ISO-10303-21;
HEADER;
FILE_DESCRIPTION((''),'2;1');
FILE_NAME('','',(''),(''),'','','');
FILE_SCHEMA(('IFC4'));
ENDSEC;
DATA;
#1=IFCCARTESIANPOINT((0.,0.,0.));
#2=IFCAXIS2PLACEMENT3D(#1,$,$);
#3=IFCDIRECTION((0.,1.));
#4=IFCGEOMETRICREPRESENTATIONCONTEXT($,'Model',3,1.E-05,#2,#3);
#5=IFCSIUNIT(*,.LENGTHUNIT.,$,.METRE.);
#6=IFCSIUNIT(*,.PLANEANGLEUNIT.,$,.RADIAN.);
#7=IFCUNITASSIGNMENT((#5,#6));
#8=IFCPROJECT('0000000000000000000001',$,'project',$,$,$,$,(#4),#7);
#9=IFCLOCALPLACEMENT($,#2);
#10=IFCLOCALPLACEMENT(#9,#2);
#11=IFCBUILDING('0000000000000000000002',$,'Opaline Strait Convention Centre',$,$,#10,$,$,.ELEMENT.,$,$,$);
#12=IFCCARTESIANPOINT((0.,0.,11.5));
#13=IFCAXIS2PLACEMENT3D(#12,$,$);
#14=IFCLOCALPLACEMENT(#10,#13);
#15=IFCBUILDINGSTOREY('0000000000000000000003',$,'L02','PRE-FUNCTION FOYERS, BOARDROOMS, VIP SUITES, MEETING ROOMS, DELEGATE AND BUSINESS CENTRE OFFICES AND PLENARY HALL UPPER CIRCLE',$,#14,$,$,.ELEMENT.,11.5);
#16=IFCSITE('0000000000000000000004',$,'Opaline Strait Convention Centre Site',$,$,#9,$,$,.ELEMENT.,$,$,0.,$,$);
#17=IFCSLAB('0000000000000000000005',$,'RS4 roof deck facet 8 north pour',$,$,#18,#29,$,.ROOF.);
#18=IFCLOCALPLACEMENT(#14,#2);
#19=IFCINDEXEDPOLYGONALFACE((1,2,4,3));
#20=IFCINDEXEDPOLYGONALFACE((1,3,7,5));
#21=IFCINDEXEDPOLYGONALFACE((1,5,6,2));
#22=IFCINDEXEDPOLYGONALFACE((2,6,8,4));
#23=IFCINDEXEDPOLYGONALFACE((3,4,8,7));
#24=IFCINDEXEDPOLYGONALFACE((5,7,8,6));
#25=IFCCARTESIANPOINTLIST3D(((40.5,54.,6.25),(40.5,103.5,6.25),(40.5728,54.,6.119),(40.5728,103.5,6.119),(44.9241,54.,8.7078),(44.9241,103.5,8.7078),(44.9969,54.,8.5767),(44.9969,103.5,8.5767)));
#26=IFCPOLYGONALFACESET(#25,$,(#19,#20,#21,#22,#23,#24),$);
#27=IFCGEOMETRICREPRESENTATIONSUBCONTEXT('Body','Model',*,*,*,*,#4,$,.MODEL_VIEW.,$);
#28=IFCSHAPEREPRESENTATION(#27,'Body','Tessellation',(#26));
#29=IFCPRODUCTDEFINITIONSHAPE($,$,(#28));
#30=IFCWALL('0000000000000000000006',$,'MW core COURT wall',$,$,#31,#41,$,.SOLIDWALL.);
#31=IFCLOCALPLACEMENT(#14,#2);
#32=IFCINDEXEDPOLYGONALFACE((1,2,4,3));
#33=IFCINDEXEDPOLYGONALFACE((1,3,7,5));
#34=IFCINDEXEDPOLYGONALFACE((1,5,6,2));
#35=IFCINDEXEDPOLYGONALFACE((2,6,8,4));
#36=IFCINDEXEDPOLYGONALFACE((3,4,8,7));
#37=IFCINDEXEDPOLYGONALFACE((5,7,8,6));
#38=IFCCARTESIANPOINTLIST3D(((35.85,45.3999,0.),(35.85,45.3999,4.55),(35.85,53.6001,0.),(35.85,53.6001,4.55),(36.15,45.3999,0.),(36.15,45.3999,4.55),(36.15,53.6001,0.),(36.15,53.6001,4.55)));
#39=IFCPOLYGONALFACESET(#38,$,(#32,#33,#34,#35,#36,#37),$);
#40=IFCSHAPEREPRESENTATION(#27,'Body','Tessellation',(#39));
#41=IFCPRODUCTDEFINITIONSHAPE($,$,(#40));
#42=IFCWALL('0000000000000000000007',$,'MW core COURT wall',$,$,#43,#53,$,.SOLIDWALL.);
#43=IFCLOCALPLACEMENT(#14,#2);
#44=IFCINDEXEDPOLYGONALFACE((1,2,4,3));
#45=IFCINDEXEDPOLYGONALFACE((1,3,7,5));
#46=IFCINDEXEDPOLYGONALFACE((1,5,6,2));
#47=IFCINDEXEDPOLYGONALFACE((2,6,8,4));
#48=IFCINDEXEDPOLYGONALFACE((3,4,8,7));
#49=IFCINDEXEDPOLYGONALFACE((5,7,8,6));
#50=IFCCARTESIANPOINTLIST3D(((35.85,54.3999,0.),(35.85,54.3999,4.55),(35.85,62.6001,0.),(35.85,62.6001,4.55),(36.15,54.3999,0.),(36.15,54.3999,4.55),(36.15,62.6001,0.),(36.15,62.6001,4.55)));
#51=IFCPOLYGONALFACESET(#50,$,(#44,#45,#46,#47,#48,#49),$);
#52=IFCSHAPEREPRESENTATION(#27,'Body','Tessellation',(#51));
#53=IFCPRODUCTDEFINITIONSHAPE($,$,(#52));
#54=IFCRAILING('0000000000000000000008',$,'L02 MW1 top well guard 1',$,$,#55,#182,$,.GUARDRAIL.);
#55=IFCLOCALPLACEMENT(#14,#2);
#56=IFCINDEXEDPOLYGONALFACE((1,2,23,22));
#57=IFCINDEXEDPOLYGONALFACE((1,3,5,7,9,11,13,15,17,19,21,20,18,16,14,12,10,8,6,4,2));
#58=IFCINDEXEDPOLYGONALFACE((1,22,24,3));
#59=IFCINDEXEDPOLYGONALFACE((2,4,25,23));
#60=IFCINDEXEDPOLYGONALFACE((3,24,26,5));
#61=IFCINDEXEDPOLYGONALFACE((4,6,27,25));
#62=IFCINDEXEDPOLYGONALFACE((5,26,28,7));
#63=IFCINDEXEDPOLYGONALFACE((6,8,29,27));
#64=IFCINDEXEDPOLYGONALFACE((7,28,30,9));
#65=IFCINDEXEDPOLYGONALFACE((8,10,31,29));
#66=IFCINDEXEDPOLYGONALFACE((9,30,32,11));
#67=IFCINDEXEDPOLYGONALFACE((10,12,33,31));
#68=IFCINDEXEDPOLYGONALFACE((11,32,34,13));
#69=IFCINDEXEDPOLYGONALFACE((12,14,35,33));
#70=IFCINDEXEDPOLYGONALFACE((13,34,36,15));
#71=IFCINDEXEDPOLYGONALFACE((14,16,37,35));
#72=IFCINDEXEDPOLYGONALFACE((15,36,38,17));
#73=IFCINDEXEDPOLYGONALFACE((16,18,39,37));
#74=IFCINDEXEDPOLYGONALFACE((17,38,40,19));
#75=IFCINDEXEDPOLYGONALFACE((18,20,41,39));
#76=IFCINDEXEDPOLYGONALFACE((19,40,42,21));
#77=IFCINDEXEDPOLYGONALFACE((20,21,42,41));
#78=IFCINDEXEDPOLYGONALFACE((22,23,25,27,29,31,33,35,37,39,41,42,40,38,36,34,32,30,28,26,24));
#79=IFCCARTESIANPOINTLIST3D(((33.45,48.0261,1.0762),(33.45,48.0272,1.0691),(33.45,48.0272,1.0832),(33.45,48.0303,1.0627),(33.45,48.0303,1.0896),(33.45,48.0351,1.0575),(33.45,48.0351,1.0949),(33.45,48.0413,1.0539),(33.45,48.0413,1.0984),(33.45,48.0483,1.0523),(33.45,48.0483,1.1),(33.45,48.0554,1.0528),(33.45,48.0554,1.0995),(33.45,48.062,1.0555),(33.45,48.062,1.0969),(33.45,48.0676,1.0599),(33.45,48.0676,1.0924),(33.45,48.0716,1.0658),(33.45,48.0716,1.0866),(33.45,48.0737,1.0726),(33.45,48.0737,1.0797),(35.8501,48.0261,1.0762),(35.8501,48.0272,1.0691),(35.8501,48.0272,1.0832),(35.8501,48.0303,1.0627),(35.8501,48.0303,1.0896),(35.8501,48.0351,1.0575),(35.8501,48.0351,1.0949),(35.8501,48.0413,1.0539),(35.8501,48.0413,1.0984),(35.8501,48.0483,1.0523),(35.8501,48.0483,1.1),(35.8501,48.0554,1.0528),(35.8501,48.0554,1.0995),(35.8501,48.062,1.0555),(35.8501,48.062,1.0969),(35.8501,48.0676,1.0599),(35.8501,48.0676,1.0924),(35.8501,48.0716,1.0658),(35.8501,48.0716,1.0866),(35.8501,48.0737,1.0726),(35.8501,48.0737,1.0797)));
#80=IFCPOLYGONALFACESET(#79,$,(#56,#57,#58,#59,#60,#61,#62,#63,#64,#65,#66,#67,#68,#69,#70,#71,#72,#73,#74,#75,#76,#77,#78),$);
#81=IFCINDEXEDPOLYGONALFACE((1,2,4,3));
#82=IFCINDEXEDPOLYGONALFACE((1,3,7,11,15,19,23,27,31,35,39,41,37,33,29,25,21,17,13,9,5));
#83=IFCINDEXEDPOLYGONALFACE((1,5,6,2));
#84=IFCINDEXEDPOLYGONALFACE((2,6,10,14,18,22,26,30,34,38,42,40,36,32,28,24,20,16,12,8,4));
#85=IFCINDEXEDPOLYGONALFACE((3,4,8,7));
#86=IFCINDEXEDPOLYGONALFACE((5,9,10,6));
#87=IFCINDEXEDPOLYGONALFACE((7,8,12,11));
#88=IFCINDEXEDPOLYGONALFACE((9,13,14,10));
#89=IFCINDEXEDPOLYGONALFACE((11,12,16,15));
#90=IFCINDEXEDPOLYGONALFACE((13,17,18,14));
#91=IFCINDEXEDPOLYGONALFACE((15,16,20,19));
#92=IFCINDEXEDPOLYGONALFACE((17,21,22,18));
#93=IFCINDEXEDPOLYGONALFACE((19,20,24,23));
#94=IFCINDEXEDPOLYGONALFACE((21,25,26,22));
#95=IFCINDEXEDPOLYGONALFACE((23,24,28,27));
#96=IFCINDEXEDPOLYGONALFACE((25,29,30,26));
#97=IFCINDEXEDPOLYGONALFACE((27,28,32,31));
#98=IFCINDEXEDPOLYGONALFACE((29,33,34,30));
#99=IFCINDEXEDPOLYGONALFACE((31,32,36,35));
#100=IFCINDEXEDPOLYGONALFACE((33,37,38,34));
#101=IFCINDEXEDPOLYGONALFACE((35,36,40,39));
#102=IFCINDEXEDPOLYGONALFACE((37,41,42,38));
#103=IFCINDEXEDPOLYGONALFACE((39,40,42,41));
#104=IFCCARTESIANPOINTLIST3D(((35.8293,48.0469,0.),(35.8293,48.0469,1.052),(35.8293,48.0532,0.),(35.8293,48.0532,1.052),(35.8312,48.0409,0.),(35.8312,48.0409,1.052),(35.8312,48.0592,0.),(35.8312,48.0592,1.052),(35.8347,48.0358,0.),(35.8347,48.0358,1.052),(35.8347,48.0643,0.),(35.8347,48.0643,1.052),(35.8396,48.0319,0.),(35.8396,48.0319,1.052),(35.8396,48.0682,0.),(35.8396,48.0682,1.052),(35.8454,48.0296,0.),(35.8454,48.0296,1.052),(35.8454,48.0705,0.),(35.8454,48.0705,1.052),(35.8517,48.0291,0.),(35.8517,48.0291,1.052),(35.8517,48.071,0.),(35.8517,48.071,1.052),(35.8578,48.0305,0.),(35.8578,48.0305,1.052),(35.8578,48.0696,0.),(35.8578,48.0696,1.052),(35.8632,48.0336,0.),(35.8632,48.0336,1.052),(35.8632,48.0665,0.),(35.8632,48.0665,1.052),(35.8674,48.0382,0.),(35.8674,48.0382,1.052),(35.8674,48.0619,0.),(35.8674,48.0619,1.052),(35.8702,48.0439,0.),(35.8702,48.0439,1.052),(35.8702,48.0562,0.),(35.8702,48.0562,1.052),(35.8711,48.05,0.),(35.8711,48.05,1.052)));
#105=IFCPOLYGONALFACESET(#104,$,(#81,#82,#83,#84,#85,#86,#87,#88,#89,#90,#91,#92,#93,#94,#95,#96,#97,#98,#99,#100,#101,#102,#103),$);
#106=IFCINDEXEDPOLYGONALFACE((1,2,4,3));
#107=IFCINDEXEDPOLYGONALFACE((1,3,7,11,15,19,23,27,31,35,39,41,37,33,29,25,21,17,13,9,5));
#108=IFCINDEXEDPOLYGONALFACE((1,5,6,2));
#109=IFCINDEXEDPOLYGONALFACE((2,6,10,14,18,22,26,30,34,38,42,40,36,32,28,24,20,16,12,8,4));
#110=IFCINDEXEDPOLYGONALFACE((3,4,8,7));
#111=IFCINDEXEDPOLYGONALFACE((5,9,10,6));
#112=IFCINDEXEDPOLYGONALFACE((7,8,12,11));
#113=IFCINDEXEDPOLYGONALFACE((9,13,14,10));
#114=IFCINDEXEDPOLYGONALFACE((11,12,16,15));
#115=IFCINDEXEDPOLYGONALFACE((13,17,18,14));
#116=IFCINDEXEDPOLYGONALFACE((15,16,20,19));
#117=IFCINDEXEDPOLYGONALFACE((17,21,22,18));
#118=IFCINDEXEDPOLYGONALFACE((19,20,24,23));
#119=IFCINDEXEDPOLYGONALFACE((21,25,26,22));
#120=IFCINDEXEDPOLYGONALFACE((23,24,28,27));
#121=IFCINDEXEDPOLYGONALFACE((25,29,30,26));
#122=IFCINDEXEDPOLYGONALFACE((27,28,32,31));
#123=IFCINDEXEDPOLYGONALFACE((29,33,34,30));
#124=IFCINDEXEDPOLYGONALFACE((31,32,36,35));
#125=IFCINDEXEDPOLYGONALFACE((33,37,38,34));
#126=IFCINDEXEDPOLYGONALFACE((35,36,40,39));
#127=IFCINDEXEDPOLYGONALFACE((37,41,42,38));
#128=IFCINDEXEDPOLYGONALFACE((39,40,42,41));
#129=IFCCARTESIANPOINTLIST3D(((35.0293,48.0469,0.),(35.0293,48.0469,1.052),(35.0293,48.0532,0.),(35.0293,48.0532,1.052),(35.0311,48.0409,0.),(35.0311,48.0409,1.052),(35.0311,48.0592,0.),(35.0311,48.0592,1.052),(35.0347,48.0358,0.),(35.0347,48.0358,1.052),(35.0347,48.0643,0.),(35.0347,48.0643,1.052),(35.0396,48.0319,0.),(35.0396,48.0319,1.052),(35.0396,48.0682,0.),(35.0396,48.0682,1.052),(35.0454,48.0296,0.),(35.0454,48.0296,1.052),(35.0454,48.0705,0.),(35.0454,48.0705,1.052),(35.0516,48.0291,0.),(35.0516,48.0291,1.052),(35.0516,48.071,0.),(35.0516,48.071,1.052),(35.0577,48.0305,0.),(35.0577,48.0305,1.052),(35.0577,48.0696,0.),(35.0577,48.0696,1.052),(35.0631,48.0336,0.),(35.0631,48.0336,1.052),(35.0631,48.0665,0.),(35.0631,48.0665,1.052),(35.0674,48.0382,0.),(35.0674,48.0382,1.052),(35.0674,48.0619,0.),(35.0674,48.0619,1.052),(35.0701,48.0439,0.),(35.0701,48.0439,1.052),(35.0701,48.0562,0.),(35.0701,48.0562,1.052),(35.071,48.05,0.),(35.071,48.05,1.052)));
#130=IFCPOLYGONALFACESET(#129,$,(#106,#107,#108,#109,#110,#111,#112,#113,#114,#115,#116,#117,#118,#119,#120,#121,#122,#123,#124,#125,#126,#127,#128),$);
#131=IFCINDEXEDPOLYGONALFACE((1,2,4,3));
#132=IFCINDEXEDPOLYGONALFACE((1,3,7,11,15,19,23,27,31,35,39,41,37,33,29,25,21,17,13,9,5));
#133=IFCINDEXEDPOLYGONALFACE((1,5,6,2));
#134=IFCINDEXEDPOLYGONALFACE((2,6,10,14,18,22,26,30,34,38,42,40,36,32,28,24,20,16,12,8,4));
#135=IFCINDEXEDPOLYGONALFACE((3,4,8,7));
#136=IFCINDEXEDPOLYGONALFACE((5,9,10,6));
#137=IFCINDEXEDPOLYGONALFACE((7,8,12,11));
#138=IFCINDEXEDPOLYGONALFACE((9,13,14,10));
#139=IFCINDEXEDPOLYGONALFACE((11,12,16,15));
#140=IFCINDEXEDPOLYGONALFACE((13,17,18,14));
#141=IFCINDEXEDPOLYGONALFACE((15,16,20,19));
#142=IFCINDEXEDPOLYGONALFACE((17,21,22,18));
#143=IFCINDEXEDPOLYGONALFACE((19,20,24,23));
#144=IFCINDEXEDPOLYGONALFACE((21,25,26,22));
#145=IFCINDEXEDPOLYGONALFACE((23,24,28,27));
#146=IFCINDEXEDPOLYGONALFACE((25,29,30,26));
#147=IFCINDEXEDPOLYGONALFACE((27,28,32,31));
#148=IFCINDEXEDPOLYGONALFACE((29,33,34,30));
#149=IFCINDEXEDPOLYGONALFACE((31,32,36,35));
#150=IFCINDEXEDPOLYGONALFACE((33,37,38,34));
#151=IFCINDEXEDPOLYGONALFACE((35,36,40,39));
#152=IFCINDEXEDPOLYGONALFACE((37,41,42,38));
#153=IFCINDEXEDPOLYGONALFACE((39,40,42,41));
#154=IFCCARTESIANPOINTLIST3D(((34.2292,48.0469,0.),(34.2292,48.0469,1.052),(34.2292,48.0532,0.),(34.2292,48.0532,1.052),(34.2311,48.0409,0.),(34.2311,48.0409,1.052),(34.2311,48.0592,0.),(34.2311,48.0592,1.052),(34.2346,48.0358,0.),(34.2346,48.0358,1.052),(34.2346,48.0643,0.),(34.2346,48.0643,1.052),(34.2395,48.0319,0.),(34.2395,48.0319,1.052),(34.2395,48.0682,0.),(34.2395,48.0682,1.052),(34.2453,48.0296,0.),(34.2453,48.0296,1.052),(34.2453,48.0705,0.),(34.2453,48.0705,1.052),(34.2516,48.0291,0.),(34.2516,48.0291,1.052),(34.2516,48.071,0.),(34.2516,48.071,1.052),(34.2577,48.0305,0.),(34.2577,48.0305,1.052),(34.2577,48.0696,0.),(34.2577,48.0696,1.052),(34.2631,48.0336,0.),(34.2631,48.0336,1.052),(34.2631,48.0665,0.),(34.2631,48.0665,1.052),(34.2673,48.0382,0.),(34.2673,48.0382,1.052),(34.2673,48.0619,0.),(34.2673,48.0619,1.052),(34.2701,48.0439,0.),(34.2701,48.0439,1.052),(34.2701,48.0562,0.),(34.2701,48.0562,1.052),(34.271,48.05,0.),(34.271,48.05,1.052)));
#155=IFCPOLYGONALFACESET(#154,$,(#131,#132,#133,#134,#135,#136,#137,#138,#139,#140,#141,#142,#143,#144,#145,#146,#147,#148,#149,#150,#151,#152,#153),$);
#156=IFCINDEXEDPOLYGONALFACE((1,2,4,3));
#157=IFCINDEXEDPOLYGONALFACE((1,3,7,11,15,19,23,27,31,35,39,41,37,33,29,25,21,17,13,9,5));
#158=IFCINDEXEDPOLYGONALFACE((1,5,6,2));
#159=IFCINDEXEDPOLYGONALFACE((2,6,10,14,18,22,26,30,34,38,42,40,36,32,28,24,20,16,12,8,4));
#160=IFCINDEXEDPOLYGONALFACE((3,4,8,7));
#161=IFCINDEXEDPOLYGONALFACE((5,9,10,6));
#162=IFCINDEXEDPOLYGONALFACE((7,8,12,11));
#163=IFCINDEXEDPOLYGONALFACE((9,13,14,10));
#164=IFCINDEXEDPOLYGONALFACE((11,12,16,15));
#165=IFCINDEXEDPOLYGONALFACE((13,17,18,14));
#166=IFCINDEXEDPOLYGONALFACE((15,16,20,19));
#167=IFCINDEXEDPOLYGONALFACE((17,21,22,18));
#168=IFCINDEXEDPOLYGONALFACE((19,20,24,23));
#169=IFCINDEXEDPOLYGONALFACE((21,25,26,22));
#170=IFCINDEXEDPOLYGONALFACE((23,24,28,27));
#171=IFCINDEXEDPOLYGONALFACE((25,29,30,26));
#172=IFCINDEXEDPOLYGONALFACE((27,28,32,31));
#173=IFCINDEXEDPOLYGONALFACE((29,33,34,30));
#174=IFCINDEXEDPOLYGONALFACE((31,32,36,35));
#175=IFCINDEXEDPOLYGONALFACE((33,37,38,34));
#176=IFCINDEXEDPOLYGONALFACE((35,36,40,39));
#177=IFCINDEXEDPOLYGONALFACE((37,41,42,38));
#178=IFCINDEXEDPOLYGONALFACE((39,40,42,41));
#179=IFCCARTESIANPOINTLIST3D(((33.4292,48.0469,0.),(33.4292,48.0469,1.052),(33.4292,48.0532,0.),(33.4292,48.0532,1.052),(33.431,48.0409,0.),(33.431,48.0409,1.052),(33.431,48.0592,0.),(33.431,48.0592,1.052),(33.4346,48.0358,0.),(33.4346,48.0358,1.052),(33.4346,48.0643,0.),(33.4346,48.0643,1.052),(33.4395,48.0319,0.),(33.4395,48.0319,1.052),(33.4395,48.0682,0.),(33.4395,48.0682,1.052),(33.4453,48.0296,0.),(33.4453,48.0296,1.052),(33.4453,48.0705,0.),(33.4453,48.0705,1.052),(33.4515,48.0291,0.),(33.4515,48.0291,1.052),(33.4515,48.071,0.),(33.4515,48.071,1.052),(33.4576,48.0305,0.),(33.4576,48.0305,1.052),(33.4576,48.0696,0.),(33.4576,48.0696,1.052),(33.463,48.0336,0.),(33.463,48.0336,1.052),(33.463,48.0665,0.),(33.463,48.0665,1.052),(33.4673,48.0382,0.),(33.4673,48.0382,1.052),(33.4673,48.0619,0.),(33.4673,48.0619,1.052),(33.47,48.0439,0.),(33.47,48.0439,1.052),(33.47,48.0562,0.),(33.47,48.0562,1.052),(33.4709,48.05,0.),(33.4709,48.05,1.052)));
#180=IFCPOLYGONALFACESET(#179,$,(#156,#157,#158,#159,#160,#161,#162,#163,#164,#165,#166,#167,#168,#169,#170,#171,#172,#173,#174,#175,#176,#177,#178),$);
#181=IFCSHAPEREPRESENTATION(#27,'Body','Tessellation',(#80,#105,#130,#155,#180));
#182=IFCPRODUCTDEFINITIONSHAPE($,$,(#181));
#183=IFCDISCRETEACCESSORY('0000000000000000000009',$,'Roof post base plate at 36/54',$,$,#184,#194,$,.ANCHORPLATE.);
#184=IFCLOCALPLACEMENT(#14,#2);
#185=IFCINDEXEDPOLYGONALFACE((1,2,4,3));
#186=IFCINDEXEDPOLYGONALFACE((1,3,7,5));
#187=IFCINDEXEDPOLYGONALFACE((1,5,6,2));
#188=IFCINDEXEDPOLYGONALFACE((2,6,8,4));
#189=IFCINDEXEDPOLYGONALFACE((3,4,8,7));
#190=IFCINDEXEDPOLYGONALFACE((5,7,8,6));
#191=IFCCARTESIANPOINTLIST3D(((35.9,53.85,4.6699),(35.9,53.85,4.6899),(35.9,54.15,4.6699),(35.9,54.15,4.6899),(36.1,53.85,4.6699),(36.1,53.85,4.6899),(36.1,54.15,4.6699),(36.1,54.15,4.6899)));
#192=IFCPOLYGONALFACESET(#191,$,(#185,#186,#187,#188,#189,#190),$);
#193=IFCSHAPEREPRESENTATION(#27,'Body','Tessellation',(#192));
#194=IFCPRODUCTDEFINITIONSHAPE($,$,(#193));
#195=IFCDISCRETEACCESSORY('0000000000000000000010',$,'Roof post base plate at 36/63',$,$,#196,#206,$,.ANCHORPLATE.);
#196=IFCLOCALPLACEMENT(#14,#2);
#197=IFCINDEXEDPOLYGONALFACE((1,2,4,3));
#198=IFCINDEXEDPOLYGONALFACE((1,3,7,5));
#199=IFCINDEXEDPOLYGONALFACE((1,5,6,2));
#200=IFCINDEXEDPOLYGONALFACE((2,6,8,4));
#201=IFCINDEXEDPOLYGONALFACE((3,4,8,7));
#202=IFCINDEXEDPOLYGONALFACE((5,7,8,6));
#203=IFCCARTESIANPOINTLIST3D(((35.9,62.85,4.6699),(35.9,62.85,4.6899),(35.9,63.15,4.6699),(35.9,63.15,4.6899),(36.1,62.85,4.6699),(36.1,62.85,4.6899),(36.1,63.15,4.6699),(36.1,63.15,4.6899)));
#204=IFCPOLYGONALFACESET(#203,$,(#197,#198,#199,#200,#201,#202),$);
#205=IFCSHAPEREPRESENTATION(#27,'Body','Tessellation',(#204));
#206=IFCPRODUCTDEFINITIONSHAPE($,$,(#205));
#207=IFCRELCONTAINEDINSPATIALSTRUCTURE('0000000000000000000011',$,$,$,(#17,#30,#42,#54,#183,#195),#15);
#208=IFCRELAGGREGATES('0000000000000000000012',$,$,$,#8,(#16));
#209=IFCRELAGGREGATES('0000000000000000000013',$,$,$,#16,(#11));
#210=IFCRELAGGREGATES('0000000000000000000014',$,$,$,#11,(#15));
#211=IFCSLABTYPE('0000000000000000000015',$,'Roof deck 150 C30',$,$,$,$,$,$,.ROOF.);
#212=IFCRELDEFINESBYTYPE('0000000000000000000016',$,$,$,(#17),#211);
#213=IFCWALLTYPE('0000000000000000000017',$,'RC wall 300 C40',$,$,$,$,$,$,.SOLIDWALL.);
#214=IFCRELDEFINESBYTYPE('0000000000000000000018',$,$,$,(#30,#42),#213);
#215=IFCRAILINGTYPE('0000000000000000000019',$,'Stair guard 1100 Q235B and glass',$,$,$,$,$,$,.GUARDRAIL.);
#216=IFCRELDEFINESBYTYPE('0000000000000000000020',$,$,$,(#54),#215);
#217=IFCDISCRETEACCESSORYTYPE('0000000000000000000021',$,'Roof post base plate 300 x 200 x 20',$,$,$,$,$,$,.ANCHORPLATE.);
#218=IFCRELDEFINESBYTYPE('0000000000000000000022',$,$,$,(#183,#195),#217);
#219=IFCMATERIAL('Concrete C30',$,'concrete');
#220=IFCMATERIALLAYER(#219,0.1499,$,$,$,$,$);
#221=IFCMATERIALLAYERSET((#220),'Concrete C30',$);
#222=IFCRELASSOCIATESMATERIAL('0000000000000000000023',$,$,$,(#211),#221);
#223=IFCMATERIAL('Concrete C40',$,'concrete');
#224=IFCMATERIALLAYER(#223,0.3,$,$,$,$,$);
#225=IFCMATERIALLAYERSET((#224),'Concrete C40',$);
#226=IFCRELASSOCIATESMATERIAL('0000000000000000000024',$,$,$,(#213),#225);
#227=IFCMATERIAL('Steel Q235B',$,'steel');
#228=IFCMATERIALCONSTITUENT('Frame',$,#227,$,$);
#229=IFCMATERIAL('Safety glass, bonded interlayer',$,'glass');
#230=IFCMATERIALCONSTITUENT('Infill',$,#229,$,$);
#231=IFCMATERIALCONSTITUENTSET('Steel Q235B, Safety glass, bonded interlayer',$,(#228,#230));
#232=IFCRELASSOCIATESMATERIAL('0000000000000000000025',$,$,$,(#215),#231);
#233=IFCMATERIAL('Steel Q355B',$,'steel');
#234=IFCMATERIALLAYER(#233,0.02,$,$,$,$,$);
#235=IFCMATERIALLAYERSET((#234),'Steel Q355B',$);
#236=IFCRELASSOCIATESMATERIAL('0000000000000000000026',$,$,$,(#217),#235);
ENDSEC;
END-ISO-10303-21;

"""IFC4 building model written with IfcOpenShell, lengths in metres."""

from ifc_helpers import new_model, si_unit, direction, frame, frame_2d, origin, origin_2d, place, context, subcontext, project, spatial, polyline, rectangle, circle, outline, extrude, material, layer, layer_set, constituent, constituent_set, type_object, element, save


model = new_model("IFC4")

# Units and contexts
model_context = context("Model", 3, precision=1e-05, world=origin(), true_north=direction((0.0, 1.0)))
body_context = subcontext(model_context, "Body", "Model", "MODEL_VIEW")
ifc_project = project(units=[si_unit("LENGTHUNIT", "METRE"), si_unit("PLANEANGLEUNIT", "RADIAN")], contexts=[model_context])

# Site, building, storey
site_placement = place(None, origin())
site = spatial("IfcSite", under=ifc_project, at=site_placement, Name="Opaline Strait Convention Centre Site", CompositionType="ELEMENT", RefElevation=0.0)
building_placement = place(site_placement, origin())
building = spatial("IfcBuilding", under=site, at=building_placement, Name="Opaline Strait Convention Centre", CompositionType="ELEMENT")
storey_placement = place(building_placement, frame((0.0, 0.0, 11.5)))
storey = spatial("IfcBuildingStorey", under=building, at=storey_placement, Name="L02", Description="PRE-FUNCTION FOYERS, BOARDROOMS, VIP SUITES, MEETING ROOMS, DELEGATE AND BUSINESS CENTRE OFFICES AND PLENARY HALL UPPER CIRCLE", CompositionType="ELEMENT", Elevation=11.5)

# Shared definitions
ifc_material_1 = material(Name="Concrete C40", Category="concrete")

# Shared definitions
ifc_material_2 = material(Name="Steel Q355B", Category="steel")

# Slab
ifc_material_3 = material(Name="Concrete C30", Category="concrete")
ifc_layer_1 = layer(ifc_material_3, 0.1499)
ifc_layer_set_1 = layer_set([ifc_layer_1], Name="Concrete C30")
slab_type = type_object("IfcSlabType", Name="Roof deck 150 C30", PredefinedType="ROOF", material=ifc_layer_set_1)
slab_placement = place(storey_placement, frame((40.5, 54.0, 6.25), z_axis=(-0.485635, 0.0, 0.874162), x_axis=(0.874162, 0.0, 0.485635)))
element("IfcSlab", 1, at=slab_placement, inside=storey, type_object=slab_type, Name="RS4 roof deck facet 8 north pour", PredefinedType="ROOF", context=body_context, shape_type="SweptSolid", body=[
    extrude(outline(polyline([(0.0, 0.0), (5.0609, 0.0), (5.0609, 49.5), (0.0, 49.5), (0.0, 0.0)])), origin(), (0.0, 0.0, -1.0), 0.1499),
])

# Walls
ifc_layer_2 = layer(ifc_material_1, 0.3)
ifc_layer_set_2 = layer_set([ifc_layer_2], Name="Concrete C40")
wall_type = type_object("IfcWallType", Name="RC wall 300 C40", PredefinedType="SOLIDWALL", material=ifc_layer_set_2)
for number, where, z_axis, x_axis, name in (
    (2, (36.0, 45.3999, 0.0), (0.0, 0.0, 1.0), (0.0, 1.0, 0.0), "MW core COURT wall"),
    (3, (36.0, 54.3999, 0.0), (0.0, 0.0, 1.0), (0.0, 1.0, 0.0), "MW core COURT wall"),
):
    element("IfcWall", number, at=place(storey_placement, frame(where, z_axis=z_axis, x_axis=x_axis)), inside=storey, type_object=wall_type, Name=name, PredefinedType="SOLIDWALL", context=body_context, shape_type="SweptSolid", body=[
        extrude(rectangle(XDim=8.2002, YDim=0.3, at=frame_2d((4.1001, 0.0))), origin(), (0.0, 0.0, 1.0), 4.55),
    ])

# Railing
ifc_material_4 = material(Name="Steel Q235B", Category="steel")
ifc_constituent_1 = constituent(ifc_material_4, Name="Frame")
ifc_material_5 = material(Name="Safety glass, bonded interlayer", Category="glass")
ifc_constituent_2 = constituent(ifc_material_5, Name="Infill")
ifc_constituent_set = constituent_set(constituents=[ifc_constituent_1, ifc_constituent_2], Name="Steel Q235B, Safety glass, bonded interlayer")
railing_type = type_object("IfcRailingType", Name="Stair guard 1100 Q235B and glass", PredefinedType="GUARDRAIL", material=ifc_constituent_set)
railing_placement = place(storey_placement, frame((35.8501, 48.05, 0.0)))
element("IfcRailing", 4, at=railing_placement, inside=storey, type_object=railing_type, Name="L02 MW1 top well guard 1", PredefinedType="GUARDRAIL", context=body_context, shape_type="SweptSolid", body=[
    extrude(circle(Radius=0.0239, at=origin_2d()), frame((0.0, 0.0, 1.0762), z_axis=(-1.0, 0.0, 0.0), x_axis=(0.0, -1.0, 0.0)), (0.0, 0.0, 1.0), 2.4001),
    extrude(circle(Radius=0.021, at=origin_2d()), origin(), (0.0, 0.0, 1.0), 1.052),
    extrude(circle(Radius=0.021, at=origin_2d()), frame((-0.8, 0.0, 0.0)), (0.0, 0.0, 1.0), 1.052),
    extrude(circle(Radius=0.021, at=origin_2d()), frame((-1.6001, 0.0, 0.0)), (0.0, 0.0, 1.0), 1.052),
    extrude(circle(Radius=0.021, at=origin_2d()), frame((-2.4001, 0.0, 0.0)), (0.0, 0.0, 1.0), 1.052),
])

# Discrete accessories
ifc_layer_3 = layer(ifc_material_2, 0.02)
ifc_layer_set_3 = layer_set([ifc_layer_3], Name="Steel Q355B")
discrete_accessory_type_1 = type_object("IfcDiscreteAccessoryType", Name="Roof post base plate 300 x 200 x 20", PredefinedType="ANCHORPLATE", material=ifc_layer_set_3)
for number, where, z_axis, x_axis, name in (
    (5, (36.0, 54.0, 4.6699), (0.0, 0.0, 1.0), (1.0, 0.0, 0.0), "Roof post base plate at 36/54"),
    (6, (36.0, 63.0, 4.6699), (0.0, 0.0, 1.0), (1.0, 0.0, 0.0), "Roof post base plate at 36/63"),
):
    element("IfcDiscreteAccessory", number, at=place(storey_placement, frame(where, z_axis=z_axis, x_axis=x_axis)), inside=storey, type_object=discrete_accessory_type_1, Name=name, PredefinedType="ANCHORPLATE", context=body_context, shape_type="SweptSolid", body=[
        extrude(rectangle(XDim=0.2, YDim=0.3, at=origin_2d()), origin(), (0.0, 0.0, 1.0), 0.02),
    ])

save(model, "model.ifc")
